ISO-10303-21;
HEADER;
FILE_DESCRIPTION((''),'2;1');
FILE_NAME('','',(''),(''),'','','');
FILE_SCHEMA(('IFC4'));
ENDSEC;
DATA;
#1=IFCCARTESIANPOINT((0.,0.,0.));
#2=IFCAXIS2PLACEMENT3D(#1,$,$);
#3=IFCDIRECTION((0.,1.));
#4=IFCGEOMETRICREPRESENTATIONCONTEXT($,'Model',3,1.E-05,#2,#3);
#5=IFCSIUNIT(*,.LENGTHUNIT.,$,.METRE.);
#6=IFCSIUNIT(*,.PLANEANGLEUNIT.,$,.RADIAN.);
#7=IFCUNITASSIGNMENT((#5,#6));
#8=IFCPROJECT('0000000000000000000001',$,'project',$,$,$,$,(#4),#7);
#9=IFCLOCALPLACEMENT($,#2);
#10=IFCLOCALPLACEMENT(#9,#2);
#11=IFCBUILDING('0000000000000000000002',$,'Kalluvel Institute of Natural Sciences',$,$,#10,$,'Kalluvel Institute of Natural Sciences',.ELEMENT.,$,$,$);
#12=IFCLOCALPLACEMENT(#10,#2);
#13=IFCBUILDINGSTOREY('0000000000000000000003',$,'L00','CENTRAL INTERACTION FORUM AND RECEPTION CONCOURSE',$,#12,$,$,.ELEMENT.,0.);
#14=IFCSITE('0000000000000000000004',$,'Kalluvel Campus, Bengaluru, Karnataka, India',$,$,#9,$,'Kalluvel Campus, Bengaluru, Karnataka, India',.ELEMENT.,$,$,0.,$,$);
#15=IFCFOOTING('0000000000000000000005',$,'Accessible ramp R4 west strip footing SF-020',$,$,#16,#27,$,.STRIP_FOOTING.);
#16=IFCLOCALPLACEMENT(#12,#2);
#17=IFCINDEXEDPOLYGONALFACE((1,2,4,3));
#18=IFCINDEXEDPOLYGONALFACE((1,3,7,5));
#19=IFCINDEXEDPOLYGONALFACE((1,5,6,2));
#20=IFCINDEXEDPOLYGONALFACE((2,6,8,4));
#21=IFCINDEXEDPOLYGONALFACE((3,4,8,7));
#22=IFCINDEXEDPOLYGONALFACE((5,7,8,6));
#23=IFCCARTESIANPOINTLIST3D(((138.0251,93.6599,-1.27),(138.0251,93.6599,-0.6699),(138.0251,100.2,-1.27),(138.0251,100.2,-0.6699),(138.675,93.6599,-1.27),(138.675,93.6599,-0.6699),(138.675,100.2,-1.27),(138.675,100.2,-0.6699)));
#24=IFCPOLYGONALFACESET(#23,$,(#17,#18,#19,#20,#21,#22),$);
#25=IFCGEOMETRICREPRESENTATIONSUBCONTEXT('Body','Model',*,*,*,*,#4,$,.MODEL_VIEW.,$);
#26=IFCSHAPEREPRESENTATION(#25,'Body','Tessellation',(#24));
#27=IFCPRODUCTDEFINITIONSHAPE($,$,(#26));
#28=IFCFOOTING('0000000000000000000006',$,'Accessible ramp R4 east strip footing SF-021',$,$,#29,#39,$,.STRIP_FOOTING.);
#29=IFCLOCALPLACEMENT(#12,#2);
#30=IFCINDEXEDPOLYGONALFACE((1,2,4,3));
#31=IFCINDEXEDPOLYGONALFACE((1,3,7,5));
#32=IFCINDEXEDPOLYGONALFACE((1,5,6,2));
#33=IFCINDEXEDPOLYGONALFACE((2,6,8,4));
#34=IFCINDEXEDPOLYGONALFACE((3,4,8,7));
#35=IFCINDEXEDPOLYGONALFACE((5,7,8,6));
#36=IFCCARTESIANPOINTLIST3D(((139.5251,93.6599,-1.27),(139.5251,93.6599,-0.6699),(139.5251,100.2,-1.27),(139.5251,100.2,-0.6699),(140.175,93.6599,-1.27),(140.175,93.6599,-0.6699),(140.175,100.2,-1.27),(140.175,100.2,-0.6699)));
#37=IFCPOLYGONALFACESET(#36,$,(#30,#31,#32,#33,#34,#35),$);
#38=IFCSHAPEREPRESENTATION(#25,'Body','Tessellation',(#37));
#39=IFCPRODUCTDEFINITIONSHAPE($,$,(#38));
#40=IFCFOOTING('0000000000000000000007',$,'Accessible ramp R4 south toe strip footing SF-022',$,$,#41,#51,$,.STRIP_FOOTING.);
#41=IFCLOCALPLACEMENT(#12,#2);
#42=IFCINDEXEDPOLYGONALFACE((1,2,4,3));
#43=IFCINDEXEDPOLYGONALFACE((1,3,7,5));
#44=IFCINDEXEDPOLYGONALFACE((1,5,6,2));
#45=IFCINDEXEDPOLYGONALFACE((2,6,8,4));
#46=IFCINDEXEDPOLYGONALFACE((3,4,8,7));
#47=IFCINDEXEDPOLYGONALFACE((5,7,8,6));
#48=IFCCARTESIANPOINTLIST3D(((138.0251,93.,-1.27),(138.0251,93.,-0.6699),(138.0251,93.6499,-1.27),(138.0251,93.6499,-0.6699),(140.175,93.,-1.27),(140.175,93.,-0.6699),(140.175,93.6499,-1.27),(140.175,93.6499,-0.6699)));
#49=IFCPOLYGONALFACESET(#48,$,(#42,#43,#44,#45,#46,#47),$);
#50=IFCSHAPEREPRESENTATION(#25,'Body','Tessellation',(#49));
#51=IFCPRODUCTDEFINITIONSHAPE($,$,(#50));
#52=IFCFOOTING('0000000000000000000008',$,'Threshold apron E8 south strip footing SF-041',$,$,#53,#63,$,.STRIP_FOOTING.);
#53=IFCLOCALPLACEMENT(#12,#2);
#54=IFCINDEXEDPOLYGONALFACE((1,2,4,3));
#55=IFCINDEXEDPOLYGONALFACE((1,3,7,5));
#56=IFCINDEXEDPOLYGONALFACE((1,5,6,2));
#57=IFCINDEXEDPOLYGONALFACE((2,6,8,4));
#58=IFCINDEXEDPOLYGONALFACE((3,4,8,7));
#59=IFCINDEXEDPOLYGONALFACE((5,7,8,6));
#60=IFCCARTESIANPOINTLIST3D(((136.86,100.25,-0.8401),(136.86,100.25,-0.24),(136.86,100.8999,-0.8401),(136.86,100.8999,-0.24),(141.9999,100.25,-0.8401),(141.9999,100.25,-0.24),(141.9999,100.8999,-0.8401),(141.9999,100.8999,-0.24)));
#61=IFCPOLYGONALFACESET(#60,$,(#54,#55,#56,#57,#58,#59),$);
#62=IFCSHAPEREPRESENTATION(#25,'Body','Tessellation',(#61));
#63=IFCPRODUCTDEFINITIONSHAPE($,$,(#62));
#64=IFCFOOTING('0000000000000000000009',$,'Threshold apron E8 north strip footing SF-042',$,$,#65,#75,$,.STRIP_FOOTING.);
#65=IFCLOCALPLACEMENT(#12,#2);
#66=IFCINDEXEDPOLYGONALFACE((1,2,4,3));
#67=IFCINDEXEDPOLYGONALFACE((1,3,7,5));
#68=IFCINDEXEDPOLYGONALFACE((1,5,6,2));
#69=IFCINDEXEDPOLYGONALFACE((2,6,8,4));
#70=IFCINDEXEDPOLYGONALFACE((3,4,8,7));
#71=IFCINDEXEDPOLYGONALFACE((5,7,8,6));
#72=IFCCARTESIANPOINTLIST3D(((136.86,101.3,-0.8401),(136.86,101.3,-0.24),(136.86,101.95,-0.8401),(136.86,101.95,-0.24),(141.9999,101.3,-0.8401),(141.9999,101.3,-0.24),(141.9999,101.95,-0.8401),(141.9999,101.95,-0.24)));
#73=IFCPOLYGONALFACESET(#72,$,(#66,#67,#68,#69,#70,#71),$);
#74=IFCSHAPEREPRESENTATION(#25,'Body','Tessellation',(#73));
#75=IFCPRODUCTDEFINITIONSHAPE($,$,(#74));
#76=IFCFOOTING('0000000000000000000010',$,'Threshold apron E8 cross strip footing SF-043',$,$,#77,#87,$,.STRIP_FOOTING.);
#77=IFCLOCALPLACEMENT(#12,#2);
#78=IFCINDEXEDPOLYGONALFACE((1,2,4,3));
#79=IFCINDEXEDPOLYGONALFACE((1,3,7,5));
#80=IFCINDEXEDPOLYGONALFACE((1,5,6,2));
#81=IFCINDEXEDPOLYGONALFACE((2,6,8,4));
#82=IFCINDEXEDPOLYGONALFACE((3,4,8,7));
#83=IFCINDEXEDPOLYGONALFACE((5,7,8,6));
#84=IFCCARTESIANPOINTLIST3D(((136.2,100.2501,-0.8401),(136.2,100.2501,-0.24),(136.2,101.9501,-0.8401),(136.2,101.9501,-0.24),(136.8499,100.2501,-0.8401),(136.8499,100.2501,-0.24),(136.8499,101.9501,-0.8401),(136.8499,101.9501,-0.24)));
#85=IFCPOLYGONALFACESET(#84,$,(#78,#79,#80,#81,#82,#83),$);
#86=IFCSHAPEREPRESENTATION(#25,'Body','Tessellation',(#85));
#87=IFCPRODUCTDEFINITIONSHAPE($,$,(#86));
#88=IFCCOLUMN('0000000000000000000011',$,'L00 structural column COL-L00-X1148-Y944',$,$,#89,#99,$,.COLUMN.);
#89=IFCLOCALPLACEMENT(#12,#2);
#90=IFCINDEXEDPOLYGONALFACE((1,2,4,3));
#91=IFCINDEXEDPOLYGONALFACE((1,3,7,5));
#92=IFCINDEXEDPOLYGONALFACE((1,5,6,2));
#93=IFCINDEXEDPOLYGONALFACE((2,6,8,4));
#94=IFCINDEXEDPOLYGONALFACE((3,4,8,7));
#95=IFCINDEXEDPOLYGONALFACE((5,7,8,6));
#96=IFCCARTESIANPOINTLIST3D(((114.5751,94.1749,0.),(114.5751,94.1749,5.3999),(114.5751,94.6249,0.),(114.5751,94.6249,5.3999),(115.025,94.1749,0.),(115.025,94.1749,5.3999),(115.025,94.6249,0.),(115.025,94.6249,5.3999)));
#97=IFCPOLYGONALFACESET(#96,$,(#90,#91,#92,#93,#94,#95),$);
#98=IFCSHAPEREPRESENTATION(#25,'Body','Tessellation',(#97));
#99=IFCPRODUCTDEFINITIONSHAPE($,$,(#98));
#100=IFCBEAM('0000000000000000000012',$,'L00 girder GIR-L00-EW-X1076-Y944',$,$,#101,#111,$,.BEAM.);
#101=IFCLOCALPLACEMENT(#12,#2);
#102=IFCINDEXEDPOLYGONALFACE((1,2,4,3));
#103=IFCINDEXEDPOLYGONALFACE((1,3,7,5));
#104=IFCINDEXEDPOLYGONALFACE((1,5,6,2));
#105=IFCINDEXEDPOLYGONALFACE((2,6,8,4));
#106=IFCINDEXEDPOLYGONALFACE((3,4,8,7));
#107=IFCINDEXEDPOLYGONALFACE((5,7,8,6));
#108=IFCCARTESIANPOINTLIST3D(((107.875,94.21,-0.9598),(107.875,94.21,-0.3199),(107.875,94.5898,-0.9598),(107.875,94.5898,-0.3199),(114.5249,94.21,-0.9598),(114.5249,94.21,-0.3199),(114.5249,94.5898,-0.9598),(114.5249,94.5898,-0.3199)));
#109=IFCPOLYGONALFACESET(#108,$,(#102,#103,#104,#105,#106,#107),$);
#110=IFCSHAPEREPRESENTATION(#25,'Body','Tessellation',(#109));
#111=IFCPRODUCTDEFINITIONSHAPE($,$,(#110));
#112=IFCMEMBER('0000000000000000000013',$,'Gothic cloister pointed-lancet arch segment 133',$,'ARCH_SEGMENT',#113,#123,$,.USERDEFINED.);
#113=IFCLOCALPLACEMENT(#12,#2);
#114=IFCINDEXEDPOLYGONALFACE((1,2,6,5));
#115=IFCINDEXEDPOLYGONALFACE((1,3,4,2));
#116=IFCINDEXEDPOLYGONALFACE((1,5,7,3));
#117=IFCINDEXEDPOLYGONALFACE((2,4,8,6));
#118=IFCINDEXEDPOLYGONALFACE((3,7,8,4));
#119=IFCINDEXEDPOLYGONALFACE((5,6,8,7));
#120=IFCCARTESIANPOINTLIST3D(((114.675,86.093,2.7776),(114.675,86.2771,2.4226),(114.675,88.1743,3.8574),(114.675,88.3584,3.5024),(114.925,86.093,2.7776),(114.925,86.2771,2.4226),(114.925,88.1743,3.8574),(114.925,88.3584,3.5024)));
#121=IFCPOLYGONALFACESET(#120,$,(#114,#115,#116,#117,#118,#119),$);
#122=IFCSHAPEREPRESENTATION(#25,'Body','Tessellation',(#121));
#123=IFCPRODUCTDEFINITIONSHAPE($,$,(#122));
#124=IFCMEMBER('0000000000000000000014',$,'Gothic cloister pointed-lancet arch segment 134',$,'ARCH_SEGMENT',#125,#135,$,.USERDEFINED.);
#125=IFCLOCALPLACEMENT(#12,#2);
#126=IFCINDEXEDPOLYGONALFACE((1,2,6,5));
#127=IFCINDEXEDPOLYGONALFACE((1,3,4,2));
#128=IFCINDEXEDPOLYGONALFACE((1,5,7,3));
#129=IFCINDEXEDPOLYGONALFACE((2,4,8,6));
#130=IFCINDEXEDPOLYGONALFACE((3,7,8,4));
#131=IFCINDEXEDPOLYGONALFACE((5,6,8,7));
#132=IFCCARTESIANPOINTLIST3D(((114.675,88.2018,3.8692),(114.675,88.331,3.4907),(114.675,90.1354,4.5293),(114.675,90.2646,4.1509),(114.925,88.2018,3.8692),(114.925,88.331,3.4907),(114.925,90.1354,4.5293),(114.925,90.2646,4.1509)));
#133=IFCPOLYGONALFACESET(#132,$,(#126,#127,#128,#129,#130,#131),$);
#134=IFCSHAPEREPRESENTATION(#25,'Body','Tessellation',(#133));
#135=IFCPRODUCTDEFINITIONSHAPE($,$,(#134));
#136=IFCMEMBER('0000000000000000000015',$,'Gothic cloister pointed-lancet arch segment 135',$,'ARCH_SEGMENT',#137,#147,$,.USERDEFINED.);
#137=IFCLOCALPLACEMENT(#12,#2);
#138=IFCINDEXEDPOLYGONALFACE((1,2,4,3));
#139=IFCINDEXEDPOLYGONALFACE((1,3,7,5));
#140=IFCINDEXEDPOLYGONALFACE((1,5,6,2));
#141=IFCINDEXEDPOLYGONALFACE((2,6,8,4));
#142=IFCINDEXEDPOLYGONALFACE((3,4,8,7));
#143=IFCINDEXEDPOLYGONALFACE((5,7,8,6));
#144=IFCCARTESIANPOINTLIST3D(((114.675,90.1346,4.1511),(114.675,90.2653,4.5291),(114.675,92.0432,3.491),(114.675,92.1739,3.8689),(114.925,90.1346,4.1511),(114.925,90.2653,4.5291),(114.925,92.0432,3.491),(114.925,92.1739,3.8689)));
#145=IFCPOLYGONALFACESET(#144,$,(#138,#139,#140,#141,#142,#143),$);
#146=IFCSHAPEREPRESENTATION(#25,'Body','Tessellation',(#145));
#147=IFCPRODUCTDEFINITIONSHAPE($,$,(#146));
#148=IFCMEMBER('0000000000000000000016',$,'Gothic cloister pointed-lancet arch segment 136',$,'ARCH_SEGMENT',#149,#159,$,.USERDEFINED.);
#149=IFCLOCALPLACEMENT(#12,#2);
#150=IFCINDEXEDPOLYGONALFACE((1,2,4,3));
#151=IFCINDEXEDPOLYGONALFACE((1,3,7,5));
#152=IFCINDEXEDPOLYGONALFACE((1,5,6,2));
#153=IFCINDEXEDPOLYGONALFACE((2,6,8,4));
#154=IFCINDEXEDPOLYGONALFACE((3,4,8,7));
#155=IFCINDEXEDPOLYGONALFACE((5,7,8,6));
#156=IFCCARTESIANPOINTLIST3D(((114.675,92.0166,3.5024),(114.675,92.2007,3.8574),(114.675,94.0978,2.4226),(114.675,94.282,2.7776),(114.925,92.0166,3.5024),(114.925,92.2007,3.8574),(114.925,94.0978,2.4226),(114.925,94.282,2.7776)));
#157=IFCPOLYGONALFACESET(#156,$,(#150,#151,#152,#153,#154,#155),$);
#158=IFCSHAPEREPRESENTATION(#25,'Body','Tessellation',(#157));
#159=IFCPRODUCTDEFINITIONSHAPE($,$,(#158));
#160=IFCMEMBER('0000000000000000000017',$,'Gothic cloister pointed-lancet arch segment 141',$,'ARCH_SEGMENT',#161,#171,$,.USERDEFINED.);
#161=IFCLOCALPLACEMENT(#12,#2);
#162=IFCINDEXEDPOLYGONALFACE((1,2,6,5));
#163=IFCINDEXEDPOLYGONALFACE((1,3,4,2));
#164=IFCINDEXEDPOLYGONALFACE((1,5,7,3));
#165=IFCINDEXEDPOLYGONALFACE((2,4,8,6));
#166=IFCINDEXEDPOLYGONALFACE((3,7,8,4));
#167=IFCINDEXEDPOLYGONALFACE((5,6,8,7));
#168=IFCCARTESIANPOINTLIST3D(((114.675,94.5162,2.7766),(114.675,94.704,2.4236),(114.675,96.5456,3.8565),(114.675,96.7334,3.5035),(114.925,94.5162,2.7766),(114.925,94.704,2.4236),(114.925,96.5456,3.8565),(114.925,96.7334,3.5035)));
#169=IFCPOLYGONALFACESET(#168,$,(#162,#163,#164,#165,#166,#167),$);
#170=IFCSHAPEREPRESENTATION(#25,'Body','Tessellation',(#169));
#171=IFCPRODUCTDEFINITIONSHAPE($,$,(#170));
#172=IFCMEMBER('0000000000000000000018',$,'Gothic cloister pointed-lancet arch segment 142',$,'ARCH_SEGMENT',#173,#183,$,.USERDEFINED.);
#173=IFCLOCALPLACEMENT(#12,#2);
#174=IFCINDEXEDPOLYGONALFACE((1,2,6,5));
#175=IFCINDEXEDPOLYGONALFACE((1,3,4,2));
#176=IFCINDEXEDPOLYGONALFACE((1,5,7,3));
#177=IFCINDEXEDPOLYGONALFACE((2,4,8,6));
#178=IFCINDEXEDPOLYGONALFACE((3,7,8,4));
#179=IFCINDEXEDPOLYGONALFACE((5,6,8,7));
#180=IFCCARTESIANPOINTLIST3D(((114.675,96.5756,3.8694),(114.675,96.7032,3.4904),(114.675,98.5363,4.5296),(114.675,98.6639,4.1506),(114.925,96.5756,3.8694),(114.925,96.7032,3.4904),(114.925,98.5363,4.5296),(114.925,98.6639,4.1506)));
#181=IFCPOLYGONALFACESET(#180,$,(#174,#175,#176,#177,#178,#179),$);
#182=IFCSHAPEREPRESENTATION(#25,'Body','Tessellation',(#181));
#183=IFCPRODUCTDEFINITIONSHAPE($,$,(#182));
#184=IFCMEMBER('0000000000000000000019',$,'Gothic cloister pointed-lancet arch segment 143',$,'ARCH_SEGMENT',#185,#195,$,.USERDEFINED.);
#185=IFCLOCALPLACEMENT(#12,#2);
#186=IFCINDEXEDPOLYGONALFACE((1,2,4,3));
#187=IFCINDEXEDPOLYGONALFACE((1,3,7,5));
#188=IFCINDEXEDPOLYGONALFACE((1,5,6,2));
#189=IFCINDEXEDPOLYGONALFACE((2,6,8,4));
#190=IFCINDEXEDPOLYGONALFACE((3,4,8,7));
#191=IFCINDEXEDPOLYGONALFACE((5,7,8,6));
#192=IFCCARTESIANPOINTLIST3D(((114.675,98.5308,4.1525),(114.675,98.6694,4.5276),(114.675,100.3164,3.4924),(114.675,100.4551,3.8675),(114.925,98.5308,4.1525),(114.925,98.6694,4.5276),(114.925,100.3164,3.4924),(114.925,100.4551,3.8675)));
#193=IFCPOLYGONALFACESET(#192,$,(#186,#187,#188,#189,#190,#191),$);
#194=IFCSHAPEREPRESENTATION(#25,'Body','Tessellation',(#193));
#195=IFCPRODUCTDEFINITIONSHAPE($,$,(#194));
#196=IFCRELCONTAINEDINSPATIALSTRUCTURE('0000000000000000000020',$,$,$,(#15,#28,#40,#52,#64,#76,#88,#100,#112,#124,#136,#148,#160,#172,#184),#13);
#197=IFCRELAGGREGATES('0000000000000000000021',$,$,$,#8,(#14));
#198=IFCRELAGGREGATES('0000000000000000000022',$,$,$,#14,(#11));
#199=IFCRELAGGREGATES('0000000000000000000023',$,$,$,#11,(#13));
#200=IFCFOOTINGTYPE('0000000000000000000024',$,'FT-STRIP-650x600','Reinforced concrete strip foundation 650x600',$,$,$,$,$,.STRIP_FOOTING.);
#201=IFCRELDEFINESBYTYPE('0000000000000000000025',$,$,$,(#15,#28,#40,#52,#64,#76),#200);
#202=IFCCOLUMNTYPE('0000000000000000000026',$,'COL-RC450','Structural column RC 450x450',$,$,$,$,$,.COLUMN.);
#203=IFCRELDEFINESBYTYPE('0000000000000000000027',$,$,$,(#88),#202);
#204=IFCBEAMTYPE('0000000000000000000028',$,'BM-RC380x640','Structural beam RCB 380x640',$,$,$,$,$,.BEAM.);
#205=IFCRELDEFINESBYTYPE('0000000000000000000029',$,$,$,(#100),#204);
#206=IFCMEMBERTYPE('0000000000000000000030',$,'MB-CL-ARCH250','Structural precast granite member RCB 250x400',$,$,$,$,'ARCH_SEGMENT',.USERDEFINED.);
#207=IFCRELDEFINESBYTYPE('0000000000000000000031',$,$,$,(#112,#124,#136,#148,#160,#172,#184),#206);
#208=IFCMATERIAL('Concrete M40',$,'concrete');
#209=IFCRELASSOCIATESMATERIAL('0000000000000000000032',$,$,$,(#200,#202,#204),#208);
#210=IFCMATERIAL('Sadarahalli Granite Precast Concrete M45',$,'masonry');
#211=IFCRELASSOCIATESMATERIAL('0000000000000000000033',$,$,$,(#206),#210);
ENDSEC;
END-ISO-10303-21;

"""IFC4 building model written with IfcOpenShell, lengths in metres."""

from ifc_helpers import new_model, si_unit, direction, frame, origin, origin_2d, place, context, subcontext, project, spatial, rectangle, extrude, material, material_profile, profile_set, type_object, element, save


model = new_model("IFC4")

# Units and contexts
model_context = context("Model", 3, precision=1e-05, world=origin(), true_north=direction((0.0, 1.0)))
body_context = subcontext(model_context, "Body", "Model", "MODEL_VIEW")
ifc_project = project(units=[si_unit("LENGTHUNIT", "METRE"), si_unit("PLANEANGLEUNIT", "RADIAN")], contexts=[model_context])

# Site, building, storey
site_placement = place(None, origin())
site = spatial("IfcSite", under=ifc_project, at=site_placement, Name="Kalluvel Campus, Bengaluru, Karnataka, India", LongName="Kalluvel Campus, Bengaluru, Karnataka, India", CompositionType="ELEMENT", RefElevation=0.0)
building_placement = place(site_placement, origin())
building = spatial("IfcBuilding", under=site, at=building_placement, Name="Kalluvel Institute of Natural Sciences", LongName="Kalluvel Institute of Natural Sciences", CompositionType="ELEMENT")
storey_placement = place(building_placement, origin())
storey = spatial("IfcBuildingStorey", under=building, at=storey_placement, Name="L00", Description="CENTRAL INTERACTION FORUM AND RECEPTION CONCOURSE", CompositionType="ELEMENT", Elevation=0.0)

# Footings
ifc_material_1 = material(Name="Concrete M40", Category="concrete")
footing_type = type_object("IfcFootingType", Name="FT-STRIP-650x600", Description="Reinforced concrete strip foundation 650x600", PredefinedType="STRIP_FOOTING", material=ifc_material_1)
for number, where, z_axis, x_axis, name in (
    (1, (138.3501, 96.9299, -1.27), (0.0, 0.0, 1.0), (1.0, 0.0, 0.0), "Accessible ramp R4 west strip footing SF-020"),
    (2, (139.8501, 96.9299, -1.27), (0.0, 0.0, 1.0), (1.0, 0.0, 0.0), "Accessible ramp R4 east strip footing SF-021"),
):
    element("IfcFooting", number, at=place(storey_placement, frame(where, z_axis=z_axis, x_axis=x_axis)), inside=storey, type_object=footing_type, Name=name, PredefinedType="STRIP_FOOTING", context=body_context, shape_type="SweptSolid", body=[
        extrude(rectangle(XDim=0.6499, YDim=6.54, at=origin_2d()), origin(), (0.0, 0.0, 1.0), 0.6001),
    ])
footing_1_placement = place(storey_placement, frame((139.1001, 93.325, -1.27), z_axis=(0.0, 0.0, 1.0), x_axis=(1.0, 0.0, 0.0)))
element("IfcFooting", 3, at=footing_1_placement, inside=storey, type_object=footing_type, Name="Accessible ramp R4 south toe strip footing SF-022", PredefinedType="STRIP_FOOTING", context=body_context, shape_type="SweptSolid", body=[
    extrude(rectangle(XDim=2.1499, YDim=0.6499, at=origin_2d()), origin(), (0.0, 0.0, 1.0), 0.6001),
])
for number, where, z_axis, x_axis, name in (
    (4, (139.4299, 100.575, -0.8401), (0.0, 0.0, 1.0), (1.0, 0.0, 0.0), "Threshold apron E8 south strip footing SF-041"),
    (5, (139.4299, 101.625, -0.8401), (0.0, 0.0, 1.0), (1.0, 0.0, 0.0), "Threshold apron E8 north strip footing SF-042"),
):
    element("IfcFooting", number, at=place(storey_placement, frame(where, z_axis=z_axis, x_axis=x_axis)), inside=storey, type_object=footing_type, Name=name, PredefinedType="STRIP_FOOTING", context=body_context, shape_type="SweptSolid", body=[
        extrude(rectangle(XDim=5.1399, YDim=0.6499, at=origin_2d()), origin(), (0.0, 0.0, 1.0), 0.6001),
    ])
footing_2_placement = place(storey_placement, frame((136.5249, 101.1001, -0.8401), z_axis=(0.0, 0.0, 1.0), x_axis=(1.0, 0.0, 0.0)))
element("IfcFooting", 6, at=footing_2_placement, inside=storey, type_object=footing_type, Name="Threshold apron E8 cross strip footing SF-043", PredefinedType="STRIP_FOOTING", context=body_context, shape_type="SweptSolid", body=[
    extrude(rectangle(XDim=0.6499, YDim=1.7, at=origin_2d()), origin(), (0.0, 0.0, 1.0), 0.6001),
])

# Column
ifc_material_profile_1 = material_profile(ifc_material_1, rectangle(XDim=0.45, YDim=0.45, at=origin_2d()), Name="RC 450x450")
ifc_profile_set_1 = profile_set([ifc_material_profile_1], Name="Concrete M40")
column_type = type_object("IfcColumnType", Name="COL-RC450", Description="Structural column RC 450x450", PredefinedType="COLUMN", material=ifc_profile_set_1)
column_placement = place(storey_placement, frame((114.8, 94.3999, 0.0), z_axis=(0.0, 0.0, 1.0), x_axis=(1.0, 0.0, 0.0)))
element("IfcColumn", 7, at=column_placement, inside=storey, type_object=column_type, Name="L00 structural column COL-L00-X1148-Y944", PredefinedType="COLUMN", context=body_context, shape_type="SweptSolid", body=[
    extrude(rectangle(XDim=0.45, YDim=0.45, at=origin_2d()), origin(), (0.0, 0.0, 1.0), 5.3999),
])

# Beam
ifc_material_profile_2 = material_profile(ifc_material_1, rectangle(XDim=0.3799, YDim=0.6399, at=origin_2d()), Name="RCB 380x640")
ifc_profile_set_2 = profile_set([ifc_material_profile_2], Name="Concrete M40")
beam_type_1 = type_object("IfcBeamType", Name="BM-RC380x640", Description="Structural beam RCB 380x640", PredefinedType="BEAM", material=ifc_profile_set_2)
beam_1_placement = place(storey_placement, frame((107.875, 94.3999, -0.6399), z_axis=(1.0, 0.0, 0.0), x_axis=(0.0, 1.0, 0.0)))
element("IfcBeam", 8, at=beam_1_placement, inside=storey, type_object=beam_type_1, Name="L00 girder GIR-L00-EW-X1076-Y944", PredefinedType="BEAM", context=body_context, shape_type="SweptSolid", body=[
    extrude(rectangle(XDim=0.3799, YDim=0.6399, at=origin_2d()), origin(), (0.0, 0.0, 1.0), 6.6499),
])

# Members
ifc_material_2 = material(Name="Sadarahalli Granite Precast Concrete M45", Category="masonry")
ifc_material_profile_3 = material_profile(ifc_material_2, rectangle(XDim=0.25, YDim=0.3999, at=origin_2d()), Name="RCB 250x400")
ifc_profile_set_3 = profile_set([ifc_material_profile_3], Name="Sadarahalli Granite Precast Concrete M45")
member_type = type_object("IfcMemberType", Name="MB-CL-ARCH250", Description="Structural precast granite member RCB 250x400", ElementType="ARCH_SEGMENT", PredefinedType="USERDEFINED", material=ifc_profile_set_3)
member_1_placement = place(storey_placement, frame((114.8, 86.1851, 2.6001), z_axis=(0.0, 0.887643, 0.460533), x_axis=(-1.0, 0.0, 0.0)))
element("IfcMember", 9, at=member_1_placement, inside=storey, type_object=member_type, Name="Gothic cloister pointed-lancet arch segment 133", ObjectType="ARCH_SEGMENT", PredefinedType="USERDEFINED", context=body_context, shape_type="SweptSolid", body=[
    extrude(rectangle(XDim=0.25, YDim=0.3999, at=origin_2d()), origin(), (0.0, 0.0, 1.0), 2.3447),
])
member_2_placement = place(storey_placement, frame((114.8, 88.2664, 3.6799), z_axis=(0.0, 0.946364, 0.323102), x_axis=(-1.0, 0.0, 0.0)))
element("IfcMember", 10, at=member_2_placement, inside=storey, type_object=member_type, Name="Gothic cloister pointed-lancet arch segment 134", ObjectType="ARCH_SEGMENT", PredefinedType="USERDEFINED", context=body_context, shape_type="SweptSolid", body=[
    extrude(rectangle(XDim=0.25, YDim=0.3999, at=origin_2d()), origin(), (0.0, 0.0, 1.0), 2.0432),
])
member_3_placement = place(storey_placement, frame((114.8, 90.2, 4.3401), z_axis=(0.0, 0.945069, -0.32687), x_axis=(-1.0, 0.0, 0.0)))
element("IfcMember", 11, at=member_3_placement, inside=storey, type_object=member_type, Name="Gothic cloister pointed-lancet arch segment 135", ObjectType="ARCH_SEGMENT", PredefinedType="USERDEFINED", context=body_context, shape_type="SweptSolid", body=[
    extrude(rectangle(XDim=0.25, YDim=0.3999, at=origin_2d()), origin(), (0.0, 0.0, 1.0), 2.0195),
])
member_4_placement = place(storey_placement, frame((114.8, 92.1086, 3.6799), z_axis=(0.0, 0.887643, -0.460533), x_axis=(-1.0, 0.0, 0.0)))
element("IfcMember", 12, at=member_4_placement, inside=storey, type_object=member_type, Name="Gothic cloister pointed-lancet arch segment 136", ObjectType="ARCH_SEGMENT", PredefinedType="USERDEFINED", context=body_context, shape_type="SweptSolid", body=[
    extrude(rectangle(XDim=0.25, YDim=0.3999, at=origin_2d()), origin(), (0.0, 0.0, 1.0), 2.3447),
])
member_5_placement = place(storey_placement, frame((114.8, 94.6101, 2.6001), z_axis=(0.0, 0.882796, 0.469756), x_axis=(-1.0, 0.0, 0.0)))
element("IfcMember", 13, at=member_5_placement, inside=storey, type_object=member_type, Name="Gothic cloister pointed-lancet arch segment 141", ObjectType="ARCH_SEGMENT", PredefinedType="USERDEFINED", context=body_context, shape_type="SweptSolid", body=[
    extrude(rectangle(XDim=0.25, YDim=0.3999, at=origin_2d()), origin(), (0.0, 0.0, 1.0), 2.2988),
])
member_6_placement = place(storey_placement, frame((114.8, 96.6394, 3.6799), z_axis=(0.0, 0.947723, 0.319094), x_axis=(-1.0, 0.0, 0.0)))
element("IfcMember", 14, at=member_6_placement, inside=storey, type_object=member_type, Name="Gothic cloister pointed-lancet arch segment 142", ObjectType="ARCH_SEGMENT", PredefinedType="USERDEFINED", context=body_context, shape_type="SweptSolid", body=[
    extrude(rectangle(XDim=0.25, YDim=0.3999, at=origin_2d()), origin(), (0.0, 0.0, 1.0), 2.0688),
])
member_7_placement = place(storey_placement, frame((114.8, 98.6001, 4.3401), z_axis=(0.0, 0.937953, -0.346763), x_axis=(-1.0, 0.0, 0.0)))
element("IfcMember", 15, at=member_7_placement, inside=storey, type_object=member_type, Name="Gothic cloister pointed-lancet arch segment 143", ObjectType="ARCH_SEGMENT", PredefinedType="USERDEFINED", context=body_context, shape_type="SweptSolid", body=[
    extrude(rectangle(XDim=0.25, YDim=0.3999, at=origin_2d()), origin(), (0.0, 0.0, 1.0), 1.9038),
])

save(model, "model.ifc")
